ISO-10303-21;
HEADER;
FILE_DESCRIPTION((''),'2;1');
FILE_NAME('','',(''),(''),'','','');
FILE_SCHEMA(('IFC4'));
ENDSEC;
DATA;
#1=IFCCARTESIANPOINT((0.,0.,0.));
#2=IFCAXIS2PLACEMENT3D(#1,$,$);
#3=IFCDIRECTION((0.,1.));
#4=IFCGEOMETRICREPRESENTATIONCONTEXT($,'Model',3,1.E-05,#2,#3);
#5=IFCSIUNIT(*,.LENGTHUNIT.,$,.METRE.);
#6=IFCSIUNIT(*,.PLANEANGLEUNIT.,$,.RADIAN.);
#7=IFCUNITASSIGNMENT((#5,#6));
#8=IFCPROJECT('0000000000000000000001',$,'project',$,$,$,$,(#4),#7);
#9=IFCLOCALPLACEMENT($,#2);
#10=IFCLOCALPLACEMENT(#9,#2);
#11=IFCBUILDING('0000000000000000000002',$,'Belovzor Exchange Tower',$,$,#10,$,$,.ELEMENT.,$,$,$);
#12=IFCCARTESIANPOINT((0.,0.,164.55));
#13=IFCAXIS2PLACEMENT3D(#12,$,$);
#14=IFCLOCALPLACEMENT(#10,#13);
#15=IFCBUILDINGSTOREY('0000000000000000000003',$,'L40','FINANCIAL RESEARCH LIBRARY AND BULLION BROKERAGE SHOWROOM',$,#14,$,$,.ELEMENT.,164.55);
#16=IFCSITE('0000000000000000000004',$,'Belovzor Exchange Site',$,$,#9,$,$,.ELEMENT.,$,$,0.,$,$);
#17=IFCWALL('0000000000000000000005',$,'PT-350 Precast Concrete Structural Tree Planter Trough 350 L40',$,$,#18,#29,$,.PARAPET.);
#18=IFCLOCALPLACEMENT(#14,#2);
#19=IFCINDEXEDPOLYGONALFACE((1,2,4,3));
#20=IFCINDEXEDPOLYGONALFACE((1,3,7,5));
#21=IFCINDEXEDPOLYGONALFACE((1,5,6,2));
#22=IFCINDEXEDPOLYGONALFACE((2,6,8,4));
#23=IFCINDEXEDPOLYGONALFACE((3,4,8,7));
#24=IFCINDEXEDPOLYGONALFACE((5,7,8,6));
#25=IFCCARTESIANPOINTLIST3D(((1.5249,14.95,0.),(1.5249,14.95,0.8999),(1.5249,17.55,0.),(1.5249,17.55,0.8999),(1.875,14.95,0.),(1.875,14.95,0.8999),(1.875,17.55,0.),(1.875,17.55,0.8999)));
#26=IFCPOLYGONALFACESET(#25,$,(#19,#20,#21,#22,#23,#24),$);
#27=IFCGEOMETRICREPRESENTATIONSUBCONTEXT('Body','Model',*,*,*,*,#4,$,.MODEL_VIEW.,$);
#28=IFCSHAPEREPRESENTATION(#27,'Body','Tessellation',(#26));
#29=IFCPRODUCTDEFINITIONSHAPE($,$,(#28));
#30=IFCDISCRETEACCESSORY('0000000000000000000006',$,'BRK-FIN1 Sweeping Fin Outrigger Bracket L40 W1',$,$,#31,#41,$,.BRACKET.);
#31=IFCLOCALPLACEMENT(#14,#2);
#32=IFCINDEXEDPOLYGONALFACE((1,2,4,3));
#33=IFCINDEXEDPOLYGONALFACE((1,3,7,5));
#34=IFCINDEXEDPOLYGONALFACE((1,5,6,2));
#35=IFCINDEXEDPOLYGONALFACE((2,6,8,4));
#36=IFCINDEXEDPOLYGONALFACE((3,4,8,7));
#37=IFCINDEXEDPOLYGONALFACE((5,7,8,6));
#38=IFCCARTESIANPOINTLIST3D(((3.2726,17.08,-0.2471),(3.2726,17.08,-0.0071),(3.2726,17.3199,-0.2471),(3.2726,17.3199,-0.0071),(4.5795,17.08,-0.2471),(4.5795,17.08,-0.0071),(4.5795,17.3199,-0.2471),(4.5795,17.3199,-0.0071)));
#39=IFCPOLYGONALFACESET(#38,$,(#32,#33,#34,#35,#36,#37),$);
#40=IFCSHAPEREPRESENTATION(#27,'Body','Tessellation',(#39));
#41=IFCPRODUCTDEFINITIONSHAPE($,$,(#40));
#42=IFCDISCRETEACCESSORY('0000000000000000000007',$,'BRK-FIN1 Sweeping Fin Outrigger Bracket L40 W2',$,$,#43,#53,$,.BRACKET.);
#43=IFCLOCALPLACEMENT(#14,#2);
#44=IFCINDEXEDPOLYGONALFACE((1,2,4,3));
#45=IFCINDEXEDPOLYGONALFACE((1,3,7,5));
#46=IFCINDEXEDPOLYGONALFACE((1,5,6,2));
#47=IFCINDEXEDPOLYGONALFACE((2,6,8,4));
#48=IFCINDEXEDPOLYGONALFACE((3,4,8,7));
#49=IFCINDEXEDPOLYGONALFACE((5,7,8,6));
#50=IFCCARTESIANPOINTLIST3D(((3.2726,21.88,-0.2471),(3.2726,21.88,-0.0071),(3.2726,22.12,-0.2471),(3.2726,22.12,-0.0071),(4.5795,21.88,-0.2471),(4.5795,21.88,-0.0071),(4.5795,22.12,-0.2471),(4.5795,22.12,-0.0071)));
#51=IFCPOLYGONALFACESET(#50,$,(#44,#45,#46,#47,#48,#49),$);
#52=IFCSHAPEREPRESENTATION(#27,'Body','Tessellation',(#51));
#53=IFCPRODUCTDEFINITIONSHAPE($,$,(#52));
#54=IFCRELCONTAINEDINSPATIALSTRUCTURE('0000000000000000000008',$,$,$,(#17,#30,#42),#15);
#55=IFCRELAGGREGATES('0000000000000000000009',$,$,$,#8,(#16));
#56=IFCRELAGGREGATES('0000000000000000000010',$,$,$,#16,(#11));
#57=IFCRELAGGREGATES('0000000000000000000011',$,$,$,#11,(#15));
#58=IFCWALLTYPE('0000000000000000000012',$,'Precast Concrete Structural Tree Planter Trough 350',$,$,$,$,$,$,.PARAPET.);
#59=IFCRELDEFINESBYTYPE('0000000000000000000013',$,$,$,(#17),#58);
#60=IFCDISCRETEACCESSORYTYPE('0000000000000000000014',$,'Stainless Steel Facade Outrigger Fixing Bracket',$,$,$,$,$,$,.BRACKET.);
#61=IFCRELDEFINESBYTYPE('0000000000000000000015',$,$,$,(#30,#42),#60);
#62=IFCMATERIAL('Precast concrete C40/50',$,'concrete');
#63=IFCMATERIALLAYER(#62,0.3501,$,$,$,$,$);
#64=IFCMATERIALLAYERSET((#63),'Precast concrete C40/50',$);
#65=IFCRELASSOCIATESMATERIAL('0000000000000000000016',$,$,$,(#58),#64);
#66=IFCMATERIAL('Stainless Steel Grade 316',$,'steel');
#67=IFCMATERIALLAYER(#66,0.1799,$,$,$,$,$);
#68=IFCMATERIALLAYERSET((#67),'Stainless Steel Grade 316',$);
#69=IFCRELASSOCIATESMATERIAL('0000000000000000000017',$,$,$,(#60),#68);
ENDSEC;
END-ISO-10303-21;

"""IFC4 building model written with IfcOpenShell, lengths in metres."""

from ifc_helpers import new_model, si_unit, direction, frame, frame_2d, origin, origin_2d, place, context, subcontext, project, spatial, rectangle, extrude, material, layer, layer_set, type_object, element, save


model = new_model("IFC4")

# Units and contexts
model_context = context("Model", 3, precision=1e-05, world=origin(), true_north=direction((0.0, 1.0)))
body_context = subcontext(model_context, "Body", "Model", "MODEL_VIEW")
ifc_project = project(units=[si_unit("LENGTHUNIT", "METRE"), si_unit("PLANEANGLEUNIT", "RADIAN")], contexts=[model_context])

# Site, building, storey
site_placement = place(None, origin())
site = spatial("IfcSite", under=ifc_project, at=site_placement, Name="Belovzor Exchange Site", CompositionType="ELEMENT", RefElevation=0.0)
building_placement = place(site_placement, origin())
building = spatial("IfcBuilding", under=site, at=building_placement, Name="Belovzor Exchange Tower", CompositionType="ELEMENT")
storey_placement = place(building_placement, frame((0.0, 0.0, 164.55)))
storey = spatial("IfcBuildingStorey", under=building, at=storey_placement, Name="L40", Description="FINANCIAL RESEARCH LIBRARY AND BULLION BROKERAGE SHOWROOM", CompositionType="ELEMENT", Elevation=164.55)

# Wall
ifc_material_1 = material(Name="Precast concrete C40/50", Category="concrete")
ifc_layer_1 = layer(ifc_material_1, 0.3501)
ifc_layer_set_1 = layer_set([ifc_layer_1], Name="Precast concrete C40/50")
wall_type_1 = type_object("IfcWallType", Name="Precast Concrete Structural Tree Planter Trough 350", PredefinedType="PARAPET", material=ifc_layer_set_1)
wall_1_placement = place(storey_placement, frame((1.7, 14.95, 0.0), z_axis=(0.0, 0.0, 1.0), x_axis=(0.0, 1.0, 0.0)))
element("IfcWall", 1, at=wall_1_placement, inside=storey, type_object=wall_type_1, Name="PT-350 Precast Concrete Structural Tree Planter Trough 350 L40", PredefinedType="PARAPET", context=body_context, shape_type="SweptSolid", body=[
    extrude(rectangle(XDim=2.6001, YDim=0.3501, at=frame_2d((1.3, 0.0))), origin(), (0.0, 0.0, 1.0), 0.8999),
])

# Discrete accessories
ifc_material_2 = material(Name="Stainless Steel Grade 316", Category="steel")
ifc_layer_2 = layer(ifc_material_2, 0.1799)
ifc_layer_set_2 = layer_set([ifc_layer_2], Name="Stainless Steel Grade 316")
discrete_accessory_type = type_object("IfcDiscreteAccessoryType", Name="Stainless Steel Facade Outrigger Fixing Bracket", PredefinedType="BRACKET", material=ifc_layer_set_2)
for number, where, z_axis, x_axis, name in (
    (2, (3.926, 17.2, -0.2471), (0.0, 0.0, 1.0), (1.0, 0.0, 0.0), "BRK-FIN1 Sweeping Fin Outrigger Bracket L40 W1"),
    (3, (3.926, 22.0, -0.2471), (0.0, 0.0, 1.0), (1.0, 0.0, 0.0), "BRK-FIN1 Sweeping Fin Outrigger Bracket L40 W2"),
):
    element("IfcDiscreteAccessory", number, at=place(storey_placement, frame(where, z_axis=z_axis, x_axis=x_axis)), inside=storey, type_object=discrete_accessory_type, Name=name, PredefinedType="BRACKET", context=body_context, shape_type="SweptSolid", body=[
        extrude(rectangle(XDim=1.3069, YDim=0.24, at=origin_2d()), origin(), (0.0, 0.0, 1.0), 0.24),
    ])

save(model, "model.ifc")
